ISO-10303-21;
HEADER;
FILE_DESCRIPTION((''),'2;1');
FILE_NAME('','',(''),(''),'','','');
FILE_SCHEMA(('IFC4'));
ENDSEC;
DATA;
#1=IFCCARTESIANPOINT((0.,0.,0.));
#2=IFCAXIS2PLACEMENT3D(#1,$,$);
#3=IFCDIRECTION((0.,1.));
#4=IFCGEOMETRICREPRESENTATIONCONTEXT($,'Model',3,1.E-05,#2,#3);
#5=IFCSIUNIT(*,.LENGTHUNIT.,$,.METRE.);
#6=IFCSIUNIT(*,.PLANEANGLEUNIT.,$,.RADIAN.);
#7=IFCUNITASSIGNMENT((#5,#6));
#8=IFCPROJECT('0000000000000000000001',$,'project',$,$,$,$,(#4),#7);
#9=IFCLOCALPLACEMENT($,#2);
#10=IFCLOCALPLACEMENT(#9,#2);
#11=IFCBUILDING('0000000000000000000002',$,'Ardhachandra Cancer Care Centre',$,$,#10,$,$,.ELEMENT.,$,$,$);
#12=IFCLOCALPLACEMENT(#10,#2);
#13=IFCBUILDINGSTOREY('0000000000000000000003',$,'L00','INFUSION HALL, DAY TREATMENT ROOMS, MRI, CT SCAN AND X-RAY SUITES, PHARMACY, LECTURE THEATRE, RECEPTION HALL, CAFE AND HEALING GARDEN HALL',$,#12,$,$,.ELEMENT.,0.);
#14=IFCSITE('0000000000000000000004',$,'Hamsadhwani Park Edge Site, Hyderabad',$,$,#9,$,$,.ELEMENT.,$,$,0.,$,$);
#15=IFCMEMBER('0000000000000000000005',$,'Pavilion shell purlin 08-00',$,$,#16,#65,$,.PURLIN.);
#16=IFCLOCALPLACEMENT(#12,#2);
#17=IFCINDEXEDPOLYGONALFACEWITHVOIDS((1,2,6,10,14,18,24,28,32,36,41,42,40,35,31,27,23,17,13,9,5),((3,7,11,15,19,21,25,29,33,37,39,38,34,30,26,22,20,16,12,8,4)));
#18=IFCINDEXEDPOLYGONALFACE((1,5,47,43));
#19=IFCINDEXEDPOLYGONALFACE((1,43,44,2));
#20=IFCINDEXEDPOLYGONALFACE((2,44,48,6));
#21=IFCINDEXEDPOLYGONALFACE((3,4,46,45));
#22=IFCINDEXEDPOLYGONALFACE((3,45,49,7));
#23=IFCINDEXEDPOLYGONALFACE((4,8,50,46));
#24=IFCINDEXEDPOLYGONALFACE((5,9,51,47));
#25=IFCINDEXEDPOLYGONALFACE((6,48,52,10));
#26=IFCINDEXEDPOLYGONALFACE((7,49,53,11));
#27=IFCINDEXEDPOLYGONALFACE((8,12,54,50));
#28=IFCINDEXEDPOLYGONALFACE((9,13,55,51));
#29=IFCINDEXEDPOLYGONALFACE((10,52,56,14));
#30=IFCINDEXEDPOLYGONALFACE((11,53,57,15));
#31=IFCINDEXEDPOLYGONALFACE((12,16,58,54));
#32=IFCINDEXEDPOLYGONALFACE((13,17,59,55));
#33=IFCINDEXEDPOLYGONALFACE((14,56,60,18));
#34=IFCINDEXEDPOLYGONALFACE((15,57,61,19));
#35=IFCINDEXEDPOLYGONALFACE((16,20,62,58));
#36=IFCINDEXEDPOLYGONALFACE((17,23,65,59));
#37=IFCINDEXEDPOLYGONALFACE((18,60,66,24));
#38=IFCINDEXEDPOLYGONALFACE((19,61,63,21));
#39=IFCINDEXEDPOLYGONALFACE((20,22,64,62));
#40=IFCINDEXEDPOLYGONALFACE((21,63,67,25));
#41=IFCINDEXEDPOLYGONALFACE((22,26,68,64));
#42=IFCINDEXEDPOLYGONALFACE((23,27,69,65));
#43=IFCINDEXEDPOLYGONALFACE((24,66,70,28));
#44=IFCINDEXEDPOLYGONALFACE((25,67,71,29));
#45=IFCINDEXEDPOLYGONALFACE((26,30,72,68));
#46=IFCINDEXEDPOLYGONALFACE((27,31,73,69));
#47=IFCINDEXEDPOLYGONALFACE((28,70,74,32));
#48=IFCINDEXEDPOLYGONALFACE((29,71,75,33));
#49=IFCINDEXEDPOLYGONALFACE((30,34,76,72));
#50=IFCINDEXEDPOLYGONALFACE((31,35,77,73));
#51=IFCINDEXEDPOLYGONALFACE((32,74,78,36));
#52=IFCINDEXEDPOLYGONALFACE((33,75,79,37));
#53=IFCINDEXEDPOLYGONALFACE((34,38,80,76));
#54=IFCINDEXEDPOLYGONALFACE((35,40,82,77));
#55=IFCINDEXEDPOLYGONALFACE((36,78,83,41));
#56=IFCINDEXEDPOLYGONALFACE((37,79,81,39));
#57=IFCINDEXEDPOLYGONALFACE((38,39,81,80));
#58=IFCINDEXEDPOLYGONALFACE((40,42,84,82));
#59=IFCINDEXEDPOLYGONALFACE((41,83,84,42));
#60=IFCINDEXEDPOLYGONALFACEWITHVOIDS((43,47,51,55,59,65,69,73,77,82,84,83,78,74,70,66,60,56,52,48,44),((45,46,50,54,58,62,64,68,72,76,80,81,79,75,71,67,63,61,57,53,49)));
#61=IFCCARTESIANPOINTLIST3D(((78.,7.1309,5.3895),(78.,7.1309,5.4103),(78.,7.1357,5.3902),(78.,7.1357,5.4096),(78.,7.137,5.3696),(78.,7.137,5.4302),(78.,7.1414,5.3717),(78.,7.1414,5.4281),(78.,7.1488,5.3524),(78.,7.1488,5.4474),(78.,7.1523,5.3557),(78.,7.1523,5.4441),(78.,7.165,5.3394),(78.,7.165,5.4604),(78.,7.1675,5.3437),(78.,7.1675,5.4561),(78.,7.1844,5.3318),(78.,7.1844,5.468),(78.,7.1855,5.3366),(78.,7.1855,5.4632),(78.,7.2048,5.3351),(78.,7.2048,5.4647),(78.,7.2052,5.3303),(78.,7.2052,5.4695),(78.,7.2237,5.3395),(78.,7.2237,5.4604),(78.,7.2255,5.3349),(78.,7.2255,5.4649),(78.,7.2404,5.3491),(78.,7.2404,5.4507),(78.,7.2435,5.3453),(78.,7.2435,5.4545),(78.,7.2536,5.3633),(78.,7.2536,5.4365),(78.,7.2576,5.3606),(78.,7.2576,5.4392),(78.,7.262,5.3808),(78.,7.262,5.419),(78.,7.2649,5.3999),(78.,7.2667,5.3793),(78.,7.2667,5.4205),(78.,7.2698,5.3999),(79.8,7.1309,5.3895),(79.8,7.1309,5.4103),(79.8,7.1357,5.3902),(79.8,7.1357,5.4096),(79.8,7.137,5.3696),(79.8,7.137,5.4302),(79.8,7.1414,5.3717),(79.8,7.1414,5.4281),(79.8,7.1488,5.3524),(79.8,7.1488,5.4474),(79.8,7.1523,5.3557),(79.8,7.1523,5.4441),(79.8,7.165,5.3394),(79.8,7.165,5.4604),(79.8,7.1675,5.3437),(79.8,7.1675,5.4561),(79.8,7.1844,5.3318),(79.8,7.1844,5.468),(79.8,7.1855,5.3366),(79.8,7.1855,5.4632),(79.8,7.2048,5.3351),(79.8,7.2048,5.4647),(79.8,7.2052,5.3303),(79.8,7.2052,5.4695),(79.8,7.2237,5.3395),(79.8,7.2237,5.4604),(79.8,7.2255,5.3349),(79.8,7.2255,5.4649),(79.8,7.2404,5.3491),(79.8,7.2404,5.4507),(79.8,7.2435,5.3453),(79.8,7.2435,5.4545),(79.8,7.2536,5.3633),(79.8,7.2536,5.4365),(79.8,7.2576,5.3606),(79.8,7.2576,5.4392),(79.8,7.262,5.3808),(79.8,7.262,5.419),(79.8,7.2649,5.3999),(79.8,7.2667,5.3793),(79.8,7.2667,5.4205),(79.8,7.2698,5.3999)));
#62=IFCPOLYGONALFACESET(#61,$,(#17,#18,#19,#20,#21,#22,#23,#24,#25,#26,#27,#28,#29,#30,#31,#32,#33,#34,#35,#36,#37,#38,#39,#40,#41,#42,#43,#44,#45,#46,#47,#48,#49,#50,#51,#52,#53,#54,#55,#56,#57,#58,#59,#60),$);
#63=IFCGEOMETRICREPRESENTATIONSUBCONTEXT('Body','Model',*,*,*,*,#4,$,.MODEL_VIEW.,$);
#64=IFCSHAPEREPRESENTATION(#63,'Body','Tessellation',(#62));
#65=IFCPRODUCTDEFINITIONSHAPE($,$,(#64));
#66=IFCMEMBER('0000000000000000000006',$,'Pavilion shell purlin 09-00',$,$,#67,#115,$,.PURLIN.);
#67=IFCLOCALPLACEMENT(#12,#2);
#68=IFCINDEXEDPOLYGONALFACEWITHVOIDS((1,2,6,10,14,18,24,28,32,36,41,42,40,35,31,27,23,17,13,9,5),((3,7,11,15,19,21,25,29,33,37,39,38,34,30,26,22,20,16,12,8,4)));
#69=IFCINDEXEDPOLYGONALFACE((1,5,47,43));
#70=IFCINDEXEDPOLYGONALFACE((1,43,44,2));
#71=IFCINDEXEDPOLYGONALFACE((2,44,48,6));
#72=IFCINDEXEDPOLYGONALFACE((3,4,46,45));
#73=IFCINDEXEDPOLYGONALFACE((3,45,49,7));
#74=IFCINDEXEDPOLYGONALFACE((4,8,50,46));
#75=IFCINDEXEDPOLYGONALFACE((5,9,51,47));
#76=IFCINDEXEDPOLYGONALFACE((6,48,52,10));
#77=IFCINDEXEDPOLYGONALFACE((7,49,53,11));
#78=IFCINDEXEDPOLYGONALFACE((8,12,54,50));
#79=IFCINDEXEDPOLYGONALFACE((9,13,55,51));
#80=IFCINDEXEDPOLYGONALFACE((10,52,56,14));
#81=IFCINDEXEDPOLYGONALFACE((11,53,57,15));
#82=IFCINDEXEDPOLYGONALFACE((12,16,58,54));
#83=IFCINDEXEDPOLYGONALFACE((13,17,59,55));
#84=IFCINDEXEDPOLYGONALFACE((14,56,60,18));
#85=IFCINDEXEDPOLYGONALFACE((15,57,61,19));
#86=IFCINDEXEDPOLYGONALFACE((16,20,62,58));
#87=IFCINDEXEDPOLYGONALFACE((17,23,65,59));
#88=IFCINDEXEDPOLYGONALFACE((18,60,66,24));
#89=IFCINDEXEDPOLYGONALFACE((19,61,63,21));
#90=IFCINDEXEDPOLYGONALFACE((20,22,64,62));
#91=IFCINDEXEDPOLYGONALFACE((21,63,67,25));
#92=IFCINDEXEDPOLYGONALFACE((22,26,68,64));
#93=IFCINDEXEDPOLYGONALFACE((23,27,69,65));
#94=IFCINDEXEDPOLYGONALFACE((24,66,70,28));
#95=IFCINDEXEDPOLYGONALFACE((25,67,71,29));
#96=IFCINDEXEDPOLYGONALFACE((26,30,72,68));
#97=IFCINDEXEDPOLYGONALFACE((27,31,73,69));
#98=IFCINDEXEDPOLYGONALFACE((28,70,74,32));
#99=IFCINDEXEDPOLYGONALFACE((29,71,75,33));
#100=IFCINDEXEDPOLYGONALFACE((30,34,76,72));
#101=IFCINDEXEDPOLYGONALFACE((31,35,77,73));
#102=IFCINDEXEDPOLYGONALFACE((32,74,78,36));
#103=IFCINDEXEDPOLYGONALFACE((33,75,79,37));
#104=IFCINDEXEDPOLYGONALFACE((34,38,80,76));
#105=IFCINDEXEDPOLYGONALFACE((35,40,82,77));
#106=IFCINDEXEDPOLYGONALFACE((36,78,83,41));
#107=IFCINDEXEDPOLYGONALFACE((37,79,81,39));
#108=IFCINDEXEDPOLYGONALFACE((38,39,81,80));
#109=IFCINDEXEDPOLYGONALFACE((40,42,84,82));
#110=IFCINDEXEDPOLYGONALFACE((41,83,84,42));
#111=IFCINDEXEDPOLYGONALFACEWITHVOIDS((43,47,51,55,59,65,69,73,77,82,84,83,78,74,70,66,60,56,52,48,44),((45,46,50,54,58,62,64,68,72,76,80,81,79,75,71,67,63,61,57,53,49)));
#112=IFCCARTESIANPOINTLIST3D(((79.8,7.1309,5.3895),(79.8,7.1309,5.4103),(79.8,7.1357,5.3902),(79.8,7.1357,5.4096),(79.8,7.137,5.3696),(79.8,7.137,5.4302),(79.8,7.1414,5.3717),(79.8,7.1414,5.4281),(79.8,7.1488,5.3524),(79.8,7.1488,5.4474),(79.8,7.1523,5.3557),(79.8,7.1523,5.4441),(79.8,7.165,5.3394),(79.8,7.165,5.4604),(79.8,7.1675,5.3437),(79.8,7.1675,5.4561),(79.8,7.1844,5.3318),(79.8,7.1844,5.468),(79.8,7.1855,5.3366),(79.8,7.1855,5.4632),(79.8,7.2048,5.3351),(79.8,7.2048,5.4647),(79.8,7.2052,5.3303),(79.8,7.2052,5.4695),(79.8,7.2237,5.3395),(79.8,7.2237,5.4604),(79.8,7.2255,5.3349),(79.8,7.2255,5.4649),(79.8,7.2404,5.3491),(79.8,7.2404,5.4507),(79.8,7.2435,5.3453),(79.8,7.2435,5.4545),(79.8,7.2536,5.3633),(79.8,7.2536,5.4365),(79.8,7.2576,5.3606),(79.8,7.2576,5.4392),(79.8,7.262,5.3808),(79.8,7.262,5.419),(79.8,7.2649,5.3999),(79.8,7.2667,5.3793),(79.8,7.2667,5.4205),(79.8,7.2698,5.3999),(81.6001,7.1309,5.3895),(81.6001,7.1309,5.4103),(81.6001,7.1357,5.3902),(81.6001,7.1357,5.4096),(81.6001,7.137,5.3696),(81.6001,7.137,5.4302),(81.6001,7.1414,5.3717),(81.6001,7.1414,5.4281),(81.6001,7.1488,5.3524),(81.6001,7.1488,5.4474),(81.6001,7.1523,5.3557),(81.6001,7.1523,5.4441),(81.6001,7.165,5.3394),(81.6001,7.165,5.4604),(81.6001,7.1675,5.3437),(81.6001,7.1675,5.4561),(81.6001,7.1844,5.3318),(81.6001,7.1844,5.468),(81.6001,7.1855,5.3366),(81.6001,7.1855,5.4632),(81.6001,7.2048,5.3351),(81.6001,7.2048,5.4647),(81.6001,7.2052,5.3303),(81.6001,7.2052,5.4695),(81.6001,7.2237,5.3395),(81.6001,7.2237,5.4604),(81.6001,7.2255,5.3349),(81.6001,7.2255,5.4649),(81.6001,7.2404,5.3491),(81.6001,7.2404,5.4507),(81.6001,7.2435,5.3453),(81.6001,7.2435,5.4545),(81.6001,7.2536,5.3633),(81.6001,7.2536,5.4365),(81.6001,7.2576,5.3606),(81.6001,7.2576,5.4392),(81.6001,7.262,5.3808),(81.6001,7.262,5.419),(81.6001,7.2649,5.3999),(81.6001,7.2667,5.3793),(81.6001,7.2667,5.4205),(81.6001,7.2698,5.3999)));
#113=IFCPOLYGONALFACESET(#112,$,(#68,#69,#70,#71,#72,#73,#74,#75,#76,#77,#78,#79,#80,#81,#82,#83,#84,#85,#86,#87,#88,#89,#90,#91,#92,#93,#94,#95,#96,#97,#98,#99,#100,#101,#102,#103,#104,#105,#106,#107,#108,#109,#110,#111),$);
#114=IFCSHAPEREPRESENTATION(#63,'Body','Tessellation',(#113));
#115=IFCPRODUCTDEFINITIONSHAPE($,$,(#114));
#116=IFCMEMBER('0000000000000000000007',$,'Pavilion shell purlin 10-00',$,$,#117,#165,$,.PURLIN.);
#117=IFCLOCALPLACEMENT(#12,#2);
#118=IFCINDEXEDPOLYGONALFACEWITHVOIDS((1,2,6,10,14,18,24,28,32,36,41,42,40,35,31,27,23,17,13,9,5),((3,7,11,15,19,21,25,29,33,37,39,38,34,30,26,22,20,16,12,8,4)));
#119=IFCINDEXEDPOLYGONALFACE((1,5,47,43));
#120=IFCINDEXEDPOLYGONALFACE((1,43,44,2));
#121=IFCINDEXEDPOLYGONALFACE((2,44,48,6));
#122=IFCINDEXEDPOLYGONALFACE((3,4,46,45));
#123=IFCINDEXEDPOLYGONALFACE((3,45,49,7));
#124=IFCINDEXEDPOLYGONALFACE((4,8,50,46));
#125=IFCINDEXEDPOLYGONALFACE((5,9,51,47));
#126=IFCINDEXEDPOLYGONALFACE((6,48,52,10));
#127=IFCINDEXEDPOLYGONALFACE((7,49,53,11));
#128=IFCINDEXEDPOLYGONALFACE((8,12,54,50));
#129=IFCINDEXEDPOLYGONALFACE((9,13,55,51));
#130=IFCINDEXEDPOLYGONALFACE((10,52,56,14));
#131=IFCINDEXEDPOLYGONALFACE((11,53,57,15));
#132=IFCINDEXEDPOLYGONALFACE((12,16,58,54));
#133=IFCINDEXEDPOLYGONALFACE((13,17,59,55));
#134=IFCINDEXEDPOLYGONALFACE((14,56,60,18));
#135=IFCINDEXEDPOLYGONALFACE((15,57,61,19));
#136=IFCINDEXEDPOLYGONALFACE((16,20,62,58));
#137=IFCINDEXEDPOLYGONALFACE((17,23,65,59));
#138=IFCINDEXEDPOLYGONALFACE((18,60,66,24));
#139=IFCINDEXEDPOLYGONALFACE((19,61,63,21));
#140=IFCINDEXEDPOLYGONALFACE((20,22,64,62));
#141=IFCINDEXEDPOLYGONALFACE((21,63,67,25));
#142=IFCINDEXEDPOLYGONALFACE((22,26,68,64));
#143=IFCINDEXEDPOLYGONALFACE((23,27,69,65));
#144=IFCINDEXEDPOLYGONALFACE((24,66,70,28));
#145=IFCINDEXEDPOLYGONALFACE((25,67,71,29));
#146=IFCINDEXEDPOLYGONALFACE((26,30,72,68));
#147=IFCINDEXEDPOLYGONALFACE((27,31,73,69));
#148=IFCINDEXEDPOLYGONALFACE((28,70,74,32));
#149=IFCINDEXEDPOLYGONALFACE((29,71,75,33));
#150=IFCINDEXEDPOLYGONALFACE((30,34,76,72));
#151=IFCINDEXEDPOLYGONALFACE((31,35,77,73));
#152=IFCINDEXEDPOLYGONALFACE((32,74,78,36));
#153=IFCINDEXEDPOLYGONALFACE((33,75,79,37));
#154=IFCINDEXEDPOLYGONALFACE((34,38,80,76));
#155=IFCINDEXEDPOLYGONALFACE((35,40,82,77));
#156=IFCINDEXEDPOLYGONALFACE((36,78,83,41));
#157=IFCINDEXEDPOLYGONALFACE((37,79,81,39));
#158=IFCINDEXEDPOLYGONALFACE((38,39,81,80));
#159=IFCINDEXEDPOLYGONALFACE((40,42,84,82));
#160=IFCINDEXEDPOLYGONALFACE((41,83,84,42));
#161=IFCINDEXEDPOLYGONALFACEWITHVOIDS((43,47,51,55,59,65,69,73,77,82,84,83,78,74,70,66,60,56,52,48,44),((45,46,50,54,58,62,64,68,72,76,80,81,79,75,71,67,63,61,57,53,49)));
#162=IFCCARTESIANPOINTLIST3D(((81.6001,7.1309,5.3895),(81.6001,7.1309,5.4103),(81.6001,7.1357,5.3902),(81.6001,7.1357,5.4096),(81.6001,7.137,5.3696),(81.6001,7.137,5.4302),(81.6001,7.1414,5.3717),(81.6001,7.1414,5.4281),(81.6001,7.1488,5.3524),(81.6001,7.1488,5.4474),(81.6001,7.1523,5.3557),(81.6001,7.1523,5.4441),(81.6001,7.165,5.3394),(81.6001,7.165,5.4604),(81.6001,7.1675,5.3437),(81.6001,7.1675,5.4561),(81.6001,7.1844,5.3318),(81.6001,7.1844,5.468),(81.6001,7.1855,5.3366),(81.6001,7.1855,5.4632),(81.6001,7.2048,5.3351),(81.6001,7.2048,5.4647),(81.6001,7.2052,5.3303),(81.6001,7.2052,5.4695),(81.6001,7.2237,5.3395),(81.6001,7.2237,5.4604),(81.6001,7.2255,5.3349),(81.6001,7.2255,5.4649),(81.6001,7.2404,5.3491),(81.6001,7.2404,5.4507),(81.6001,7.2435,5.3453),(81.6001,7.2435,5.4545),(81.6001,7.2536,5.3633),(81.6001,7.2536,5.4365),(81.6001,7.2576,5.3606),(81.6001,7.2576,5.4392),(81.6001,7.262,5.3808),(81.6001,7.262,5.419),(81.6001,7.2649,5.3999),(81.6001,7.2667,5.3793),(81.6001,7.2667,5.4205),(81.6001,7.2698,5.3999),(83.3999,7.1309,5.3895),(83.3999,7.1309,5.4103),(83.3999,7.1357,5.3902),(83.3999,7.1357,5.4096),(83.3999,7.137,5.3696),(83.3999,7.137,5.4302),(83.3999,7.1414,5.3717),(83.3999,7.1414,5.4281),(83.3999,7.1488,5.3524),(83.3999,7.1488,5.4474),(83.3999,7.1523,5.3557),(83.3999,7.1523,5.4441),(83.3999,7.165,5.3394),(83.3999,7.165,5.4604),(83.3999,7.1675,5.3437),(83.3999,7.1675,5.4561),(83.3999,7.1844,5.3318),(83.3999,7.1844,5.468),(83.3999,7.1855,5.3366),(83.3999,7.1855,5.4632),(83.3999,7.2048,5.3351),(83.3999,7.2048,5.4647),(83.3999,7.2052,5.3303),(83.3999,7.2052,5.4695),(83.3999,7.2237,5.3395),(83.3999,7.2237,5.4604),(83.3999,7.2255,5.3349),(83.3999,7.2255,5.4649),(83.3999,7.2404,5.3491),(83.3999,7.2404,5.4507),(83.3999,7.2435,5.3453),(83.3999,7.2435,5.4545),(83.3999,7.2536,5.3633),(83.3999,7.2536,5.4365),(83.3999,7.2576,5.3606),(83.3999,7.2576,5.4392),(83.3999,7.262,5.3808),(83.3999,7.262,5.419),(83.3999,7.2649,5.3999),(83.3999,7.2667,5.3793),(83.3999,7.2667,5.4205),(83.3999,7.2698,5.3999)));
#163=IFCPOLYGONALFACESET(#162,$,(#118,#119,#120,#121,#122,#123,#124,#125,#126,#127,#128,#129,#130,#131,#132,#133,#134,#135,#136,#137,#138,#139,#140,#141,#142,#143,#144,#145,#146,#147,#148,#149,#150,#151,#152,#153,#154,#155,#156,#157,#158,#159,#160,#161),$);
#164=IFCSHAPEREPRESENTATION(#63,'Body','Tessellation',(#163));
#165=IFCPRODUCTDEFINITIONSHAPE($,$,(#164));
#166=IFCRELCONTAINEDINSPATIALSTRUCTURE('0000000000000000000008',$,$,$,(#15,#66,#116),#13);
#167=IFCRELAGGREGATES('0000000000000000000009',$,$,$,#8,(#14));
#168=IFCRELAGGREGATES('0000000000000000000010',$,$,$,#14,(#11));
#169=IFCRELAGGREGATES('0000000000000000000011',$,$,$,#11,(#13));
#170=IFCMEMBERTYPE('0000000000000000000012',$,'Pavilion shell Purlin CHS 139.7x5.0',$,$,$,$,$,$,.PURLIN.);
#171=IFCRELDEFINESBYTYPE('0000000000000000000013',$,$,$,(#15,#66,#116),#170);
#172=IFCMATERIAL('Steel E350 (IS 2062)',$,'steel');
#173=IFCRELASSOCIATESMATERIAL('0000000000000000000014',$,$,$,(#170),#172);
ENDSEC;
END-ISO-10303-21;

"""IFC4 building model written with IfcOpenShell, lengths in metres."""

from ifc_helpers import new_model, si_unit, direction, frame, origin, origin_2d, place, context, subcontext, project, spatial, hollow_circle, extrude, material, material_profile, profile_set, type_object, element, save


model = new_model("IFC4")

# Units and contexts
model_context = context("Model", 3, precision=1e-05, world=origin(), true_north=direction((0.0, 1.0)))
body_context = subcontext(model_context, "Body", "Model", "MODEL_VIEW")
ifc_project = project(units=[si_unit("LENGTHUNIT", "METRE"), si_unit("PLANEANGLEUNIT", "RADIAN")], contexts=[model_context])

# Site, building, storey
site_placement = place(None, origin())
site = spatial("IfcSite", under=ifc_project, at=site_placement, Name="Hamsadhwani Park Edge Site, Hyderabad", CompositionType="ELEMENT", RefElevation=0.0)
building_placement = place(site_placement, origin())
building = spatial("IfcBuilding", under=site, at=building_placement, Name="Ardhachandra Cancer Care Centre", CompositionType="ELEMENT")
storey_placement = place(building_placement, origin())
storey = spatial("IfcBuildingStorey", under=building, at=storey_placement, Name="L00", Description="INFUSION HALL, DAY TREATMENT ROOMS, MRI, CT SCAN AND X-RAY SUITES, PHARMACY, LECTURE THEATRE, RECEPTION HALL, CAFE AND HEALING GARDEN HALL", CompositionType="ELEMENT", Elevation=0.0)

# Members
ifc_material_1 = material(Name="Steel E350 (IS 2062)", Category="steel")
ifc_material_profile_1 = material_profile(ifc_material_1, hollow_circle(Radius=0.0698, WallThickness=0.0049, at=origin_2d()), Name="CHS 139.7x5.0")
ifc_profile_set_1 = profile_set([ifc_material_profile_1], Name="Steel E350 (IS 2062)")
member_type_1 = type_object("IfcMemberType", Name="Pavilion shell Purlin CHS 139.7x5.0", PredefinedType="PURLIN", material=ifc_profile_set_1)
for number, where, z_axis, x_axis, name in (
    (1, (78.0, 7.2, 5.3999), (1.0, 0.0, 0.0), (0.0, 1.0, 0.0), "Pavilion shell purlin 08-00"),
    (2, (79.8, 7.2, 5.3999), (1.0, 0.0, 0.0), (0.0, 1.0, 0.0), "Pavilion shell purlin 09-00"),
):
    element("IfcMember", number, at=place(storey_placement, frame(where, z_axis=z_axis, x_axis=x_axis)), inside=storey, type_object=member_type_1, Name=name, PredefinedType="PURLIN", context=body_context, shape_type="SweptSolid", body=[
        extrude(hollow_circle(Radius=0.0698, WallThickness=0.0049, at=origin_2d()), origin(), (0.0, 0.0, 1.0), 1.8),
    ])
member_1_placement = place(storey_placement, frame((81.6001, 7.2, 5.3999), z_axis=(1.0, 0.0, 0.0), x_axis=(0.0, 1.0, 0.0)))
element("IfcMember", 3, at=member_1_placement, inside=storey, type_object=member_type_1, Name="Pavilion shell purlin 10-00", PredefinedType="PURLIN", context=body_context, shape_type="SweptSolid", body=[
    extrude(hollow_circle(Radius=0.0698, WallThickness=0.0049, at=origin_2d()), origin(), (0.0, 0.0, 1.0), 1.7998),
])

save(model, "model.ifc")
